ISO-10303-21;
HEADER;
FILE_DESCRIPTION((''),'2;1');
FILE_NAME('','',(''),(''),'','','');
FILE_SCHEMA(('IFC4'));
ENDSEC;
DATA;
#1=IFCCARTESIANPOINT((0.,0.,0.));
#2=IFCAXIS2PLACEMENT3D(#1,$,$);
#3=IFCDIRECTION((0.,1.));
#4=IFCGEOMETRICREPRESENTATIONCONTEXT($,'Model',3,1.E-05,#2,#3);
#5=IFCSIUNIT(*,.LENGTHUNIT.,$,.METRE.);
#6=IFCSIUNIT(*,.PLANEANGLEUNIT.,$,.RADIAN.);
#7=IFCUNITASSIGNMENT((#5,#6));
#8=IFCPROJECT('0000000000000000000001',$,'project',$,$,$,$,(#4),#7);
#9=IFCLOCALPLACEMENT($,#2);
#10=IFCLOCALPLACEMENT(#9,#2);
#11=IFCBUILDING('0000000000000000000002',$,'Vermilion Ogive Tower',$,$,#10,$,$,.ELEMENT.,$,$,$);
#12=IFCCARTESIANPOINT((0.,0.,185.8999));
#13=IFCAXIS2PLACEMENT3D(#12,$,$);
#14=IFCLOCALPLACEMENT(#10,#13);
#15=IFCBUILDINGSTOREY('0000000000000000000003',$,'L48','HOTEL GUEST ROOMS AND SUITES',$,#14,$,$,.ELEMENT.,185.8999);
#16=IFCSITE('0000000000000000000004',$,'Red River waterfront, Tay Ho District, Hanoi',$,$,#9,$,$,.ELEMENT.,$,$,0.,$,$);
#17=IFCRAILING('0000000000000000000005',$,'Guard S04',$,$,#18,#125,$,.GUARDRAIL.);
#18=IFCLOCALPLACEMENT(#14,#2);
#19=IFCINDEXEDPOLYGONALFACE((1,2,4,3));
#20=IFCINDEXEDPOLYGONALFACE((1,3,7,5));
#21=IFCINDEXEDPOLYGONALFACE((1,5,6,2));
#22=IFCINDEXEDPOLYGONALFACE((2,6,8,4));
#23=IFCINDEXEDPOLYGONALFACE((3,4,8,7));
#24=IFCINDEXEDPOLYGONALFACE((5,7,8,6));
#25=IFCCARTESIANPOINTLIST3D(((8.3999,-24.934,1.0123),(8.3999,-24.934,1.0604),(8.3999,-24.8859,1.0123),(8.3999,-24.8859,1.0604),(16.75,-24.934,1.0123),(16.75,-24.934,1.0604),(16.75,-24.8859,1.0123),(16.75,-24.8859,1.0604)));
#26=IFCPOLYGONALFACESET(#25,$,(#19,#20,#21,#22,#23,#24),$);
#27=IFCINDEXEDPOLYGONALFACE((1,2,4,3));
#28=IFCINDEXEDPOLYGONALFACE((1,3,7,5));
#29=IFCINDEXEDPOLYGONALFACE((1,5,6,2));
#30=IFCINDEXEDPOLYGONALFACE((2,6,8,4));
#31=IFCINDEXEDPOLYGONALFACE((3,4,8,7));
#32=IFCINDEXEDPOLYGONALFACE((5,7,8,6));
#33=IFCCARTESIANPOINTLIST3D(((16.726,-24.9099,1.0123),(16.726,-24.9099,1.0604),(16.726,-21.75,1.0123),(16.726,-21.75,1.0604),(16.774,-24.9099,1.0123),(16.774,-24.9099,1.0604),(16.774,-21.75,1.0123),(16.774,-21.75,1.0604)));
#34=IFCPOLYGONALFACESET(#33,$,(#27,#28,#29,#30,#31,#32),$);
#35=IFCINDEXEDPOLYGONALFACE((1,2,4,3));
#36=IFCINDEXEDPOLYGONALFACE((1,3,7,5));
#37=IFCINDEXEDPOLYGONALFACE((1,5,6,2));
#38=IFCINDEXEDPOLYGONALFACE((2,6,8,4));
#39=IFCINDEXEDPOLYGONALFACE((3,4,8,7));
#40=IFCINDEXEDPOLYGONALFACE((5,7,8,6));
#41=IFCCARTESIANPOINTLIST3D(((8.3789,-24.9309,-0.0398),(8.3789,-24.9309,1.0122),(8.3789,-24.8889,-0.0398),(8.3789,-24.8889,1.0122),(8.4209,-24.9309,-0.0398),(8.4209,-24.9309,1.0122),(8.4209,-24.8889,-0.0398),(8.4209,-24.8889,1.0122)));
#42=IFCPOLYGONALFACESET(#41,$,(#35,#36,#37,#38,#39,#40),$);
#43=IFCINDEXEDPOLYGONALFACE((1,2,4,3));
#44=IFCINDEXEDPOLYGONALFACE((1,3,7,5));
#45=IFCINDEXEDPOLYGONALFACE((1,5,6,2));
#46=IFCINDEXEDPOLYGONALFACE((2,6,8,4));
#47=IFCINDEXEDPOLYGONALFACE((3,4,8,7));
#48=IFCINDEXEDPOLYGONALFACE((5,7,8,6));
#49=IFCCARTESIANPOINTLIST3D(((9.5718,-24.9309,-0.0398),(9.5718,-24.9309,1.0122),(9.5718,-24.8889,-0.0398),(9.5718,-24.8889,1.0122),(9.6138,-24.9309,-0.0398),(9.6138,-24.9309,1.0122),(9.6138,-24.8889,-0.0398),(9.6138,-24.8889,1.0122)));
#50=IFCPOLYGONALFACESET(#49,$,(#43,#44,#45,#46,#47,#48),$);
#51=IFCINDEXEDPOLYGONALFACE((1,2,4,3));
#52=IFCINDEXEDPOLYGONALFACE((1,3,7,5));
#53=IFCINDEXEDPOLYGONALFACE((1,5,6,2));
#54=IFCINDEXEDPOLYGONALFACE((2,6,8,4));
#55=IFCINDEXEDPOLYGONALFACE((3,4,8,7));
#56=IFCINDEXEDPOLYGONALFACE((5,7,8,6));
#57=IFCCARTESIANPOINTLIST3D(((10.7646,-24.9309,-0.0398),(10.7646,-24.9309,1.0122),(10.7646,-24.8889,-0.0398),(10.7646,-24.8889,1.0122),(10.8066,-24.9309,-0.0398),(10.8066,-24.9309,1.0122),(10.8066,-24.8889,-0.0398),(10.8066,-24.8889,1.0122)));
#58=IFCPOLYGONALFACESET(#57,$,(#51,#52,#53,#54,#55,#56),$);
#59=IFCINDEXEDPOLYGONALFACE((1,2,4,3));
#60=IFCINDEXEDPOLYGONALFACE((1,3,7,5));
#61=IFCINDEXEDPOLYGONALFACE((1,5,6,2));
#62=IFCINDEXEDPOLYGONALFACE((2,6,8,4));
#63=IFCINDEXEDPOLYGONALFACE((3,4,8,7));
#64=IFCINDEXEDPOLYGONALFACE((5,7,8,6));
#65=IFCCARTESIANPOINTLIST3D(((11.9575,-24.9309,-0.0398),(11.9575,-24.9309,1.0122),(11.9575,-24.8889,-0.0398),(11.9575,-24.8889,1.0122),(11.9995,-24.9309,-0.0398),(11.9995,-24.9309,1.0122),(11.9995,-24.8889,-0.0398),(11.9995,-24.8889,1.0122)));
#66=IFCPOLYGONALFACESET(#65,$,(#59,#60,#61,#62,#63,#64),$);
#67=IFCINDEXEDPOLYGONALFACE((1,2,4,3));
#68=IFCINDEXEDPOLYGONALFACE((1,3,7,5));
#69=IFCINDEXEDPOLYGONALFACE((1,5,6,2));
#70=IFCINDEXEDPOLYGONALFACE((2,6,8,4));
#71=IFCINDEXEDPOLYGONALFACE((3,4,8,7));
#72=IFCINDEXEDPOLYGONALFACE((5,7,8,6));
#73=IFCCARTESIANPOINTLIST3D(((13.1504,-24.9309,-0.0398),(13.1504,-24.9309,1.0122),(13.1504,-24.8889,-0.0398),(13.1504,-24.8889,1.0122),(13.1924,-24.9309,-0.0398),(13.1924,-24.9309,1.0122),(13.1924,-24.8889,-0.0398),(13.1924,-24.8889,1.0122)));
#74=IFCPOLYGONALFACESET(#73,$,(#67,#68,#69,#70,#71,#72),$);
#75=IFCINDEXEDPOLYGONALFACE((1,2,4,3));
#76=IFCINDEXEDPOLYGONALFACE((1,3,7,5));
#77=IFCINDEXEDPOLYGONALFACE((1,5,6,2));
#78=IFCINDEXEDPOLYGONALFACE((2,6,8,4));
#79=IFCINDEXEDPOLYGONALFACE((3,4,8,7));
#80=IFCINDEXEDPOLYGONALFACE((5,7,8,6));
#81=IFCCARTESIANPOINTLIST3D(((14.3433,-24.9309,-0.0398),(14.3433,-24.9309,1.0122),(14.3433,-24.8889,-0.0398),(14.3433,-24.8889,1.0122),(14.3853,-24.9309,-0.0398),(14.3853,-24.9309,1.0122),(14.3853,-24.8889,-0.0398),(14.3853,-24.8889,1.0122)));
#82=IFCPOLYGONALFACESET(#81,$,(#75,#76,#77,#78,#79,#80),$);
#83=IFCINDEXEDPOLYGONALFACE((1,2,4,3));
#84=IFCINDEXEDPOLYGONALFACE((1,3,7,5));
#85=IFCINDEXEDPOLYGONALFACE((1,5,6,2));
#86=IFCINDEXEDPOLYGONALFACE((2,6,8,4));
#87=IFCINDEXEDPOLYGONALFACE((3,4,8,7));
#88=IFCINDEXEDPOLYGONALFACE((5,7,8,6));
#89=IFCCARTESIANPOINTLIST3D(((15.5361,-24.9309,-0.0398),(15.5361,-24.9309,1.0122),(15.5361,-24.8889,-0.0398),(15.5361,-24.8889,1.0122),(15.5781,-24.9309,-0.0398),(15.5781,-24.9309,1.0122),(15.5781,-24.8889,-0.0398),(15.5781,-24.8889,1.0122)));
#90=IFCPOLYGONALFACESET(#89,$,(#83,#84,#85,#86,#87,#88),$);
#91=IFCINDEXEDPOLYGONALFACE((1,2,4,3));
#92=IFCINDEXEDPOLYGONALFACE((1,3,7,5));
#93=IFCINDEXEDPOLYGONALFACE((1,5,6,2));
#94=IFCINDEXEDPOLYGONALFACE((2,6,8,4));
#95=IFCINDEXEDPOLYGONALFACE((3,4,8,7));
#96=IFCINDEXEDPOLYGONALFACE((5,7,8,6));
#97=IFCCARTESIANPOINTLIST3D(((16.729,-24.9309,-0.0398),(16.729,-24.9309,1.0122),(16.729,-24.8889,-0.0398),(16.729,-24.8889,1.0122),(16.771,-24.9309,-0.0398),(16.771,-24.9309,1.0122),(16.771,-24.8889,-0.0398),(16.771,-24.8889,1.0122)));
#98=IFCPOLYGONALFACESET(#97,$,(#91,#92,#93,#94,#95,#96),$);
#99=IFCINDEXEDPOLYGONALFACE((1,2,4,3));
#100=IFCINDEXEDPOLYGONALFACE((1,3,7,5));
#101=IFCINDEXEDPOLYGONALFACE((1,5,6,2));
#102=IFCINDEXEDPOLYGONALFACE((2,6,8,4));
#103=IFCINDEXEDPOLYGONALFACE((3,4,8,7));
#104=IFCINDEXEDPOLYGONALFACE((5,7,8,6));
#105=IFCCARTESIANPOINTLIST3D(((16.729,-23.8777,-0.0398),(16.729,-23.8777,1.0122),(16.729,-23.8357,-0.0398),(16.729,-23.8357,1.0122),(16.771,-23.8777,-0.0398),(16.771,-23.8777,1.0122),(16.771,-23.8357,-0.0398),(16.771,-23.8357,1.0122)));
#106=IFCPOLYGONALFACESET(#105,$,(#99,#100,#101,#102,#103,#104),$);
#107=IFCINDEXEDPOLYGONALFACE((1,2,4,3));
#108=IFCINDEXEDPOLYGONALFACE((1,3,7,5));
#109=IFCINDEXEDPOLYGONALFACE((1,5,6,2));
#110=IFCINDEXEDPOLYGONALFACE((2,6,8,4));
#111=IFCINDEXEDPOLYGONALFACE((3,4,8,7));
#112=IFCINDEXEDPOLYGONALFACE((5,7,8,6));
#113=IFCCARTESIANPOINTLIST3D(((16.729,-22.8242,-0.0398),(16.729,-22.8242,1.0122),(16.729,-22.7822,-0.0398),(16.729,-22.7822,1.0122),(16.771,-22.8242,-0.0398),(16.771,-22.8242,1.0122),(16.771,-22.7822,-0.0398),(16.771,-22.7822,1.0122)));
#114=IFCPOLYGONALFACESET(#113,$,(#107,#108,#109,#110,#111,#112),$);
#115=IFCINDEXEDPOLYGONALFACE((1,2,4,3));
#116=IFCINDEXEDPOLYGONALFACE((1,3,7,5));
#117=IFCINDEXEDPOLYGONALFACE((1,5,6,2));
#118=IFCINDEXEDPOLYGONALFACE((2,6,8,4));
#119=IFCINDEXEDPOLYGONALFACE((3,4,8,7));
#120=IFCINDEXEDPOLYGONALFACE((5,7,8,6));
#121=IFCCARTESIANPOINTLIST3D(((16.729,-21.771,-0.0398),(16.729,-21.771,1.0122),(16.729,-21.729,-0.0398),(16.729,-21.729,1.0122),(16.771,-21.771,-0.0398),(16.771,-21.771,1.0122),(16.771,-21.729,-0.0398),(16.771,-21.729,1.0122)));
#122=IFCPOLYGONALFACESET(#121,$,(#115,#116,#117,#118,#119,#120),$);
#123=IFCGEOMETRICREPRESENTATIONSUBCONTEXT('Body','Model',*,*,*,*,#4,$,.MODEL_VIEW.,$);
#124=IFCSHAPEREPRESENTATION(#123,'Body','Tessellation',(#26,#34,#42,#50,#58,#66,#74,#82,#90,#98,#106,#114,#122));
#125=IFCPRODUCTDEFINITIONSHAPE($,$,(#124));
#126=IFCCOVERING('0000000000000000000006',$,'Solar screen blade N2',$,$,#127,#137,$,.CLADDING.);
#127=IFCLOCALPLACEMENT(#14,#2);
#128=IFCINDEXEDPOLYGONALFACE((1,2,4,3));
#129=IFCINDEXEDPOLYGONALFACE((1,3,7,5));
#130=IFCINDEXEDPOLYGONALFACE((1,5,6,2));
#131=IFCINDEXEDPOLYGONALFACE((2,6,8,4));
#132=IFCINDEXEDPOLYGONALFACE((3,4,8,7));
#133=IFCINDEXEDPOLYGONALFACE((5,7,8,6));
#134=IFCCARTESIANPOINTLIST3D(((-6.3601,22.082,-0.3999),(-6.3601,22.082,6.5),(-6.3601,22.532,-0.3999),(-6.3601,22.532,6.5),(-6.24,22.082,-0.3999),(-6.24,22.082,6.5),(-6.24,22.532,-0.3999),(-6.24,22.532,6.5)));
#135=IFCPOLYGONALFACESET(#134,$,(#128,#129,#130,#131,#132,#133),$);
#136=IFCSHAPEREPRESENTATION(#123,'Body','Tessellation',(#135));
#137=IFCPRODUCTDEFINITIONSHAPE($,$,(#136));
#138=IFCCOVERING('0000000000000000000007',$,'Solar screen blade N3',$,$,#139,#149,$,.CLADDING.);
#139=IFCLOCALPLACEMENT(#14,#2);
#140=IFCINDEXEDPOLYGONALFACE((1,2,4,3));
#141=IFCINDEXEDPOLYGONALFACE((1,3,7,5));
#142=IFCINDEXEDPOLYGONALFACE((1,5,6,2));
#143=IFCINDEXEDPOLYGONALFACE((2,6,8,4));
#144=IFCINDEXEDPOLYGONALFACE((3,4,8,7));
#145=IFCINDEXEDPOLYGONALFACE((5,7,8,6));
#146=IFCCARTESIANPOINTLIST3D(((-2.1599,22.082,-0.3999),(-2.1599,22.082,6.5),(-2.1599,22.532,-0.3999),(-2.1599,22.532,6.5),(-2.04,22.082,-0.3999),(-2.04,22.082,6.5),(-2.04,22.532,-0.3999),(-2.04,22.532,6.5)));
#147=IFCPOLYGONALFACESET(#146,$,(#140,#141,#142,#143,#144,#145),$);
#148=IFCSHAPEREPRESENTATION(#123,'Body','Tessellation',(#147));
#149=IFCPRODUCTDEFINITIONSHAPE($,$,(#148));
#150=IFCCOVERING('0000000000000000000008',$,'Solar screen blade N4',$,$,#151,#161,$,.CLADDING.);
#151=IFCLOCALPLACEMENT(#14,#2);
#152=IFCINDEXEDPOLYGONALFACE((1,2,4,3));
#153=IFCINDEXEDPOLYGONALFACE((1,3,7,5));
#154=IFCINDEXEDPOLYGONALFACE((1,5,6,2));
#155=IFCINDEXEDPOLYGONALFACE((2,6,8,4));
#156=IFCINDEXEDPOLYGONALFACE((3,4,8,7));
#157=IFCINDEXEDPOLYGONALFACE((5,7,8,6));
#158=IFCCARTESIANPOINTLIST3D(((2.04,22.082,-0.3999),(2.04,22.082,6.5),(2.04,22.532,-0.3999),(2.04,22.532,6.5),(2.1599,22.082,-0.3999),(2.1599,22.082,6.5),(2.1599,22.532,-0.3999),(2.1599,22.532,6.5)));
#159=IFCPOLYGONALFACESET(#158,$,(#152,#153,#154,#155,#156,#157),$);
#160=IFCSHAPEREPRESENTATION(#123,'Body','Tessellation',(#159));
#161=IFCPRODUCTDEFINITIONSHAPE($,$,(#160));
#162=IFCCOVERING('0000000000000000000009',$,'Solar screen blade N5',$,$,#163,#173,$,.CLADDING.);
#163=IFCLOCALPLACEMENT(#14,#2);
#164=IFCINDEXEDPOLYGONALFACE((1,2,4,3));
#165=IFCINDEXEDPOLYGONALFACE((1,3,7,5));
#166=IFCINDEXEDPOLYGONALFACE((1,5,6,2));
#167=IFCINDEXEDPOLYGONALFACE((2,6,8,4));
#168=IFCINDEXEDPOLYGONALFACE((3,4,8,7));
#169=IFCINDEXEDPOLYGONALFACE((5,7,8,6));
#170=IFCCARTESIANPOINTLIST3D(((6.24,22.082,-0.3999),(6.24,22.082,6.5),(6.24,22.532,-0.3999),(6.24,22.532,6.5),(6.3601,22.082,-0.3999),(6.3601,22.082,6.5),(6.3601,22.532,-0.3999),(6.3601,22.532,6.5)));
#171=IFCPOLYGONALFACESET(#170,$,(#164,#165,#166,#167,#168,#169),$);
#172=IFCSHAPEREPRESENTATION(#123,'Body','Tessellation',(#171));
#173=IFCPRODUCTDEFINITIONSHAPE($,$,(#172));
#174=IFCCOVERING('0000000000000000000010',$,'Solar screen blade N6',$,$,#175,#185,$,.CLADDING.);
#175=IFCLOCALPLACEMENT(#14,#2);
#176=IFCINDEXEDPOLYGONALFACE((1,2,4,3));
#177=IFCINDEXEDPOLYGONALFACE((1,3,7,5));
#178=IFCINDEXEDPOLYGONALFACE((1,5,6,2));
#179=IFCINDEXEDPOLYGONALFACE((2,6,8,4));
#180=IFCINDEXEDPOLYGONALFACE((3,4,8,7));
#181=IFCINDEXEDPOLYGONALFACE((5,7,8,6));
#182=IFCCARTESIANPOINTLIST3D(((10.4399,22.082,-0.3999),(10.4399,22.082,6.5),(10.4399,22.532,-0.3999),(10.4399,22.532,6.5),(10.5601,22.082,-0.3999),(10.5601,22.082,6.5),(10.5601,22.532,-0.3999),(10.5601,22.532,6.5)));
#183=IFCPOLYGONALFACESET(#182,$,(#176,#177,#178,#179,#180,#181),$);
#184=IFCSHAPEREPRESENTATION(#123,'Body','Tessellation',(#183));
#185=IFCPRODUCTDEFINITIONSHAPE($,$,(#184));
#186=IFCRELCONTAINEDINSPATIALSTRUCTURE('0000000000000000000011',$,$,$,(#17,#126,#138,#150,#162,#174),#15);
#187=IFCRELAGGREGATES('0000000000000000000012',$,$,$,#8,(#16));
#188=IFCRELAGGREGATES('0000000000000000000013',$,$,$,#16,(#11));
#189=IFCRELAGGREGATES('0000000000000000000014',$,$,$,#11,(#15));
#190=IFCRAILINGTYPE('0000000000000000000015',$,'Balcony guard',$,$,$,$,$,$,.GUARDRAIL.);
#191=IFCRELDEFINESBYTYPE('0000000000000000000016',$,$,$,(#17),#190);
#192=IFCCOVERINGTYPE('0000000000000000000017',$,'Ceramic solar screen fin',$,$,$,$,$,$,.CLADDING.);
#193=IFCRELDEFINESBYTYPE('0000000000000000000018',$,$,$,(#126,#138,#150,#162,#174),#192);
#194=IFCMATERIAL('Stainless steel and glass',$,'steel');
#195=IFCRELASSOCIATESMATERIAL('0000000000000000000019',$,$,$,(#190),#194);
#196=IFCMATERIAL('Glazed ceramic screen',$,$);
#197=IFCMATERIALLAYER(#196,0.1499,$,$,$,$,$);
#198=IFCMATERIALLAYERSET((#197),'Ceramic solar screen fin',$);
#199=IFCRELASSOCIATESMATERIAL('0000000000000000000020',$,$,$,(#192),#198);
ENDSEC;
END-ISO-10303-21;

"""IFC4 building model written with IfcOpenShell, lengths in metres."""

from ifc_helpers import new_model, si_unit, direction, frame, origin, origin_2d, place, context, subcontext, project, spatial, polyline, rectangle, outline, extrude, material, layer, layer_set, type_object, element, save


model = new_model("IFC4")

# Units and contexts
model_context = context("Model", 3, precision=1e-05, world=origin(), true_north=direction((0.0, 1.0)))
body_context = subcontext(model_context, "Body", "Model", "MODEL_VIEW")
ifc_project = project(units=[si_unit("LENGTHUNIT", "METRE"), si_unit("PLANEANGLEUNIT", "RADIAN")], contexts=[model_context])

# Site, building, storey
site_placement = place(None, origin())
site = spatial("IfcSite", under=ifc_project, at=site_placement, Name="Red River waterfront, Tay Ho District, Hanoi", CompositionType="ELEMENT", RefElevation=0.0)
building_placement = place(site_placement, origin())
building = spatial("IfcBuilding", under=site, at=building_placement, Name="Vermilion Ogive Tower", CompositionType="ELEMENT")
storey_placement = place(building_placement, frame((0.0, 0.0, 185.8999)))
storey = spatial("IfcBuildingStorey", under=building, at=storey_placement, Name="L48", Description="HOTEL GUEST ROOMS AND SUITES", CompositionType="ELEMENT", Elevation=185.8999)

# Railing
ifc_material_1 = material(Name="Stainless steel and glass", Category="steel")
railing_type_1 = type_object("IfcRailingType", Name="Balcony guard", PredefinedType="GUARDRAIL", material=ifc_material_1)
railing_1_placement = place(storey_placement, frame((8.3999, -24.9099, -0.0398)))
element("IfcRailing", 1, at=railing_1_placement, inside=storey, type_object=railing_type_1, Name="Guard S04", PredefinedType="GUARDRAIL", context=body_context, shape_type="SweptSolid", body=[
    extrude(rectangle(XDim=0.0481, YDim=0.0481, at=origin_2d()), frame((0.0, 0.0, 1.0762), z_axis=(1.0, 0.0, 0.0), x_axis=(0.0, 1.0, 0.0)), (0.0, 0.0, 1.0), 8.3501),
    extrude(rectangle(XDim=0.0481, YDim=0.0481, at=origin_2d()), frame((8.3501, 0.0, 1.0762), z_axis=(0.0, 1.0, 0.0), x_axis=(-1.0, 0.0, 0.0)), (0.0, 0.0, 1.0), 3.1599),
    extrude(rectangle(XDim=0.042, YDim=0.042, at=origin_2d()), origin(), (0.0, 0.0, 1.0), 1.052),
    extrude(rectangle(XDim=0.042, YDim=0.042, at=origin_2d()), frame((1.1929, 0.0, 0.0)), (0.0, 0.0, 1.0), 1.052),
    extrude(rectangle(XDim=0.042, YDim=0.042, at=origin_2d()), frame((2.3857, 0.0, 0.0)), (0.0, 0.0, 1.0), 1.052),
    extrude(rectangle(XDim=0.042, YDim=0.042, at=origin_2d()), frame((3.5786, 0.0, 0.0)), (0.0, 0.0, 1.0), 1.052),
    extrude(rectangle(XDim=0.042, YDim=0.042, at=origin_2d()), frame((4.7715, 0.0, 0.0)), (0.0, 0.0, 1.0), 1.052),
    extrude(rectangle(XDim=0.042, YDim=0.042, at=origin_2d()), frame((5.9644, 0.0, 0.0)), (0.0, 0.0, 1.0), 1.052),
    extrude(rectangle(XDim=0.042, YDim=0.042, at=origin_2d()), frame((7.1572, 0.0, 0.0)), (0.0, 0.0, 1.0), 1.052),
    extrude(rectangle(XDim=0.042, YDim=0.042, at=origin_2d()), frame((8.3501, 0.0, 0.0)), (0.0, 0.0, 1.0), 1.052),
    extrude(rectangle(XDim=0.042, YDim=0.042, at=origin_2d()), frame((8.3501, 1.0532, 0.0)), (0.0, 0.0, 1.0), 1.052),
    extrude(rectangle(XDim=0.042, YDim=0.042, at=origin_2d()), frame((8.3501, 2.1067, 0.0)), (0.0, 0.0, 1.0), 1.052),
    extrude(rectangle(XDim=0.042, YDim=0.042, at=origin_2d()), frame((8.3501, 3.1599, 0.0)), (0.0, 0.0, 1.0), 1.052),
])

# Coverings
ifc_material_2 = material(Name="Glazed ceramic screen")
ifc_layer_1 = layer(ifc_material_2, 0.1499)
ifc_layer_set_1 = layer_set([ifc_layer_1], Name="Ceramic solar screen fin")
covering_type_1 = type_object("IfcCoveringType", Name="Ceramic solar screen fin", PredefinedType="CLADDING", material=ifc_layer_set_1)
covering_1_placement = place(storey_placement, frame((0.0, 0.0, -0.3999)))
element("IfcCovering", 2, at=covering_1_placement, inside=storey, type_object=covering_type_1, Name="Solar screen blade N2", PredefinedType="CLADDING", context=body_context, shape_type="SweptSolid", body=[
    extrude(outline(polyline([(-6.3601, 22.082), (-6.24, 22.082), (-6.24, 22.532), (-6.3601, 22.532), (-6.3601, 22.082)])), origin(), (0.0, 0.0, 1.0), 6.8999),
])
covering_2_placement = place(storey_placement, frame((0.0, 0.0, -0.3999)))
element("IfcCovering", 3, at=covering_2_placement, inside=storey, type_object=covering_type_1, Name="Solar screen blade N3", PredefinedType="CLADDING", context=body_context, shape_type="SweptSolid", body=[
    extrude(outline(polyline([(-2.1599, 22.082), (-2.04, 22.082), (-2.04, 22.532), (-2.1599, 22.532), (-2.1599, 22.082)])), origin(), (0.0, 0.0, 1.0), 6.8999),
])
covering_3_placement = place(storey_placement, frame((0.0, 0.0, -0.3999)))
element("IfcCovering", 4, at=covering_3_placement, inside=storey, type_object=covering_type_1, Name="Solar screen blade N4", PredefinedType="CLADDING", context=body_context, shape_type="SweptSolid", body=[
    extrude(outline(polyline([(2.04, 22.082), (2.1599, 22.082), (2.1599, 22.532), (2.04, 22.532), (2.04, 22.082)])), origin(), (0.0, 0.0, 1.0), 6.8999),
])
covering_4_placement = place(storey_placement, frame((0.0, 0.0, -0.3999)))
element("IfcCovering", 5, at=covering_4_placement, inside=storey, type_object=covering_type_1, Name="Solar screen blade N5", PredefinedType="CLADDING", context=body_context, shape_type="SweptSolid", body=[
    extrude(outline(polyline([(6.24, 22.082), (6.3601, 22.082), (6.3601, 22.532), (6.24, 22.532), (6.24, 22.082)])), origin(), (0.0, 0.0, 1.0), 6.8999),
])
covering_5_placement = place(storey_placement, frame((0.0, 0.0, -0.3999)))
element("IfcCovering", 6, at=covering_5_placement, inside=storey, type_object=covering_type_1, Name="Solar screen blade N6", PredefinedType="CLADDING", context=body_context, shape_type="SweptSolid", body=[
    extrude(outline(polyline([(10.4399, 22.082), (10.5601, 22.082), (10.5601, 22.532), (10.4399, 22.532), (10.4399, 22.082)])), origin(), (0.0, 0.0, 1.0), 6.8999),
])

save(model, "model.ifc")
